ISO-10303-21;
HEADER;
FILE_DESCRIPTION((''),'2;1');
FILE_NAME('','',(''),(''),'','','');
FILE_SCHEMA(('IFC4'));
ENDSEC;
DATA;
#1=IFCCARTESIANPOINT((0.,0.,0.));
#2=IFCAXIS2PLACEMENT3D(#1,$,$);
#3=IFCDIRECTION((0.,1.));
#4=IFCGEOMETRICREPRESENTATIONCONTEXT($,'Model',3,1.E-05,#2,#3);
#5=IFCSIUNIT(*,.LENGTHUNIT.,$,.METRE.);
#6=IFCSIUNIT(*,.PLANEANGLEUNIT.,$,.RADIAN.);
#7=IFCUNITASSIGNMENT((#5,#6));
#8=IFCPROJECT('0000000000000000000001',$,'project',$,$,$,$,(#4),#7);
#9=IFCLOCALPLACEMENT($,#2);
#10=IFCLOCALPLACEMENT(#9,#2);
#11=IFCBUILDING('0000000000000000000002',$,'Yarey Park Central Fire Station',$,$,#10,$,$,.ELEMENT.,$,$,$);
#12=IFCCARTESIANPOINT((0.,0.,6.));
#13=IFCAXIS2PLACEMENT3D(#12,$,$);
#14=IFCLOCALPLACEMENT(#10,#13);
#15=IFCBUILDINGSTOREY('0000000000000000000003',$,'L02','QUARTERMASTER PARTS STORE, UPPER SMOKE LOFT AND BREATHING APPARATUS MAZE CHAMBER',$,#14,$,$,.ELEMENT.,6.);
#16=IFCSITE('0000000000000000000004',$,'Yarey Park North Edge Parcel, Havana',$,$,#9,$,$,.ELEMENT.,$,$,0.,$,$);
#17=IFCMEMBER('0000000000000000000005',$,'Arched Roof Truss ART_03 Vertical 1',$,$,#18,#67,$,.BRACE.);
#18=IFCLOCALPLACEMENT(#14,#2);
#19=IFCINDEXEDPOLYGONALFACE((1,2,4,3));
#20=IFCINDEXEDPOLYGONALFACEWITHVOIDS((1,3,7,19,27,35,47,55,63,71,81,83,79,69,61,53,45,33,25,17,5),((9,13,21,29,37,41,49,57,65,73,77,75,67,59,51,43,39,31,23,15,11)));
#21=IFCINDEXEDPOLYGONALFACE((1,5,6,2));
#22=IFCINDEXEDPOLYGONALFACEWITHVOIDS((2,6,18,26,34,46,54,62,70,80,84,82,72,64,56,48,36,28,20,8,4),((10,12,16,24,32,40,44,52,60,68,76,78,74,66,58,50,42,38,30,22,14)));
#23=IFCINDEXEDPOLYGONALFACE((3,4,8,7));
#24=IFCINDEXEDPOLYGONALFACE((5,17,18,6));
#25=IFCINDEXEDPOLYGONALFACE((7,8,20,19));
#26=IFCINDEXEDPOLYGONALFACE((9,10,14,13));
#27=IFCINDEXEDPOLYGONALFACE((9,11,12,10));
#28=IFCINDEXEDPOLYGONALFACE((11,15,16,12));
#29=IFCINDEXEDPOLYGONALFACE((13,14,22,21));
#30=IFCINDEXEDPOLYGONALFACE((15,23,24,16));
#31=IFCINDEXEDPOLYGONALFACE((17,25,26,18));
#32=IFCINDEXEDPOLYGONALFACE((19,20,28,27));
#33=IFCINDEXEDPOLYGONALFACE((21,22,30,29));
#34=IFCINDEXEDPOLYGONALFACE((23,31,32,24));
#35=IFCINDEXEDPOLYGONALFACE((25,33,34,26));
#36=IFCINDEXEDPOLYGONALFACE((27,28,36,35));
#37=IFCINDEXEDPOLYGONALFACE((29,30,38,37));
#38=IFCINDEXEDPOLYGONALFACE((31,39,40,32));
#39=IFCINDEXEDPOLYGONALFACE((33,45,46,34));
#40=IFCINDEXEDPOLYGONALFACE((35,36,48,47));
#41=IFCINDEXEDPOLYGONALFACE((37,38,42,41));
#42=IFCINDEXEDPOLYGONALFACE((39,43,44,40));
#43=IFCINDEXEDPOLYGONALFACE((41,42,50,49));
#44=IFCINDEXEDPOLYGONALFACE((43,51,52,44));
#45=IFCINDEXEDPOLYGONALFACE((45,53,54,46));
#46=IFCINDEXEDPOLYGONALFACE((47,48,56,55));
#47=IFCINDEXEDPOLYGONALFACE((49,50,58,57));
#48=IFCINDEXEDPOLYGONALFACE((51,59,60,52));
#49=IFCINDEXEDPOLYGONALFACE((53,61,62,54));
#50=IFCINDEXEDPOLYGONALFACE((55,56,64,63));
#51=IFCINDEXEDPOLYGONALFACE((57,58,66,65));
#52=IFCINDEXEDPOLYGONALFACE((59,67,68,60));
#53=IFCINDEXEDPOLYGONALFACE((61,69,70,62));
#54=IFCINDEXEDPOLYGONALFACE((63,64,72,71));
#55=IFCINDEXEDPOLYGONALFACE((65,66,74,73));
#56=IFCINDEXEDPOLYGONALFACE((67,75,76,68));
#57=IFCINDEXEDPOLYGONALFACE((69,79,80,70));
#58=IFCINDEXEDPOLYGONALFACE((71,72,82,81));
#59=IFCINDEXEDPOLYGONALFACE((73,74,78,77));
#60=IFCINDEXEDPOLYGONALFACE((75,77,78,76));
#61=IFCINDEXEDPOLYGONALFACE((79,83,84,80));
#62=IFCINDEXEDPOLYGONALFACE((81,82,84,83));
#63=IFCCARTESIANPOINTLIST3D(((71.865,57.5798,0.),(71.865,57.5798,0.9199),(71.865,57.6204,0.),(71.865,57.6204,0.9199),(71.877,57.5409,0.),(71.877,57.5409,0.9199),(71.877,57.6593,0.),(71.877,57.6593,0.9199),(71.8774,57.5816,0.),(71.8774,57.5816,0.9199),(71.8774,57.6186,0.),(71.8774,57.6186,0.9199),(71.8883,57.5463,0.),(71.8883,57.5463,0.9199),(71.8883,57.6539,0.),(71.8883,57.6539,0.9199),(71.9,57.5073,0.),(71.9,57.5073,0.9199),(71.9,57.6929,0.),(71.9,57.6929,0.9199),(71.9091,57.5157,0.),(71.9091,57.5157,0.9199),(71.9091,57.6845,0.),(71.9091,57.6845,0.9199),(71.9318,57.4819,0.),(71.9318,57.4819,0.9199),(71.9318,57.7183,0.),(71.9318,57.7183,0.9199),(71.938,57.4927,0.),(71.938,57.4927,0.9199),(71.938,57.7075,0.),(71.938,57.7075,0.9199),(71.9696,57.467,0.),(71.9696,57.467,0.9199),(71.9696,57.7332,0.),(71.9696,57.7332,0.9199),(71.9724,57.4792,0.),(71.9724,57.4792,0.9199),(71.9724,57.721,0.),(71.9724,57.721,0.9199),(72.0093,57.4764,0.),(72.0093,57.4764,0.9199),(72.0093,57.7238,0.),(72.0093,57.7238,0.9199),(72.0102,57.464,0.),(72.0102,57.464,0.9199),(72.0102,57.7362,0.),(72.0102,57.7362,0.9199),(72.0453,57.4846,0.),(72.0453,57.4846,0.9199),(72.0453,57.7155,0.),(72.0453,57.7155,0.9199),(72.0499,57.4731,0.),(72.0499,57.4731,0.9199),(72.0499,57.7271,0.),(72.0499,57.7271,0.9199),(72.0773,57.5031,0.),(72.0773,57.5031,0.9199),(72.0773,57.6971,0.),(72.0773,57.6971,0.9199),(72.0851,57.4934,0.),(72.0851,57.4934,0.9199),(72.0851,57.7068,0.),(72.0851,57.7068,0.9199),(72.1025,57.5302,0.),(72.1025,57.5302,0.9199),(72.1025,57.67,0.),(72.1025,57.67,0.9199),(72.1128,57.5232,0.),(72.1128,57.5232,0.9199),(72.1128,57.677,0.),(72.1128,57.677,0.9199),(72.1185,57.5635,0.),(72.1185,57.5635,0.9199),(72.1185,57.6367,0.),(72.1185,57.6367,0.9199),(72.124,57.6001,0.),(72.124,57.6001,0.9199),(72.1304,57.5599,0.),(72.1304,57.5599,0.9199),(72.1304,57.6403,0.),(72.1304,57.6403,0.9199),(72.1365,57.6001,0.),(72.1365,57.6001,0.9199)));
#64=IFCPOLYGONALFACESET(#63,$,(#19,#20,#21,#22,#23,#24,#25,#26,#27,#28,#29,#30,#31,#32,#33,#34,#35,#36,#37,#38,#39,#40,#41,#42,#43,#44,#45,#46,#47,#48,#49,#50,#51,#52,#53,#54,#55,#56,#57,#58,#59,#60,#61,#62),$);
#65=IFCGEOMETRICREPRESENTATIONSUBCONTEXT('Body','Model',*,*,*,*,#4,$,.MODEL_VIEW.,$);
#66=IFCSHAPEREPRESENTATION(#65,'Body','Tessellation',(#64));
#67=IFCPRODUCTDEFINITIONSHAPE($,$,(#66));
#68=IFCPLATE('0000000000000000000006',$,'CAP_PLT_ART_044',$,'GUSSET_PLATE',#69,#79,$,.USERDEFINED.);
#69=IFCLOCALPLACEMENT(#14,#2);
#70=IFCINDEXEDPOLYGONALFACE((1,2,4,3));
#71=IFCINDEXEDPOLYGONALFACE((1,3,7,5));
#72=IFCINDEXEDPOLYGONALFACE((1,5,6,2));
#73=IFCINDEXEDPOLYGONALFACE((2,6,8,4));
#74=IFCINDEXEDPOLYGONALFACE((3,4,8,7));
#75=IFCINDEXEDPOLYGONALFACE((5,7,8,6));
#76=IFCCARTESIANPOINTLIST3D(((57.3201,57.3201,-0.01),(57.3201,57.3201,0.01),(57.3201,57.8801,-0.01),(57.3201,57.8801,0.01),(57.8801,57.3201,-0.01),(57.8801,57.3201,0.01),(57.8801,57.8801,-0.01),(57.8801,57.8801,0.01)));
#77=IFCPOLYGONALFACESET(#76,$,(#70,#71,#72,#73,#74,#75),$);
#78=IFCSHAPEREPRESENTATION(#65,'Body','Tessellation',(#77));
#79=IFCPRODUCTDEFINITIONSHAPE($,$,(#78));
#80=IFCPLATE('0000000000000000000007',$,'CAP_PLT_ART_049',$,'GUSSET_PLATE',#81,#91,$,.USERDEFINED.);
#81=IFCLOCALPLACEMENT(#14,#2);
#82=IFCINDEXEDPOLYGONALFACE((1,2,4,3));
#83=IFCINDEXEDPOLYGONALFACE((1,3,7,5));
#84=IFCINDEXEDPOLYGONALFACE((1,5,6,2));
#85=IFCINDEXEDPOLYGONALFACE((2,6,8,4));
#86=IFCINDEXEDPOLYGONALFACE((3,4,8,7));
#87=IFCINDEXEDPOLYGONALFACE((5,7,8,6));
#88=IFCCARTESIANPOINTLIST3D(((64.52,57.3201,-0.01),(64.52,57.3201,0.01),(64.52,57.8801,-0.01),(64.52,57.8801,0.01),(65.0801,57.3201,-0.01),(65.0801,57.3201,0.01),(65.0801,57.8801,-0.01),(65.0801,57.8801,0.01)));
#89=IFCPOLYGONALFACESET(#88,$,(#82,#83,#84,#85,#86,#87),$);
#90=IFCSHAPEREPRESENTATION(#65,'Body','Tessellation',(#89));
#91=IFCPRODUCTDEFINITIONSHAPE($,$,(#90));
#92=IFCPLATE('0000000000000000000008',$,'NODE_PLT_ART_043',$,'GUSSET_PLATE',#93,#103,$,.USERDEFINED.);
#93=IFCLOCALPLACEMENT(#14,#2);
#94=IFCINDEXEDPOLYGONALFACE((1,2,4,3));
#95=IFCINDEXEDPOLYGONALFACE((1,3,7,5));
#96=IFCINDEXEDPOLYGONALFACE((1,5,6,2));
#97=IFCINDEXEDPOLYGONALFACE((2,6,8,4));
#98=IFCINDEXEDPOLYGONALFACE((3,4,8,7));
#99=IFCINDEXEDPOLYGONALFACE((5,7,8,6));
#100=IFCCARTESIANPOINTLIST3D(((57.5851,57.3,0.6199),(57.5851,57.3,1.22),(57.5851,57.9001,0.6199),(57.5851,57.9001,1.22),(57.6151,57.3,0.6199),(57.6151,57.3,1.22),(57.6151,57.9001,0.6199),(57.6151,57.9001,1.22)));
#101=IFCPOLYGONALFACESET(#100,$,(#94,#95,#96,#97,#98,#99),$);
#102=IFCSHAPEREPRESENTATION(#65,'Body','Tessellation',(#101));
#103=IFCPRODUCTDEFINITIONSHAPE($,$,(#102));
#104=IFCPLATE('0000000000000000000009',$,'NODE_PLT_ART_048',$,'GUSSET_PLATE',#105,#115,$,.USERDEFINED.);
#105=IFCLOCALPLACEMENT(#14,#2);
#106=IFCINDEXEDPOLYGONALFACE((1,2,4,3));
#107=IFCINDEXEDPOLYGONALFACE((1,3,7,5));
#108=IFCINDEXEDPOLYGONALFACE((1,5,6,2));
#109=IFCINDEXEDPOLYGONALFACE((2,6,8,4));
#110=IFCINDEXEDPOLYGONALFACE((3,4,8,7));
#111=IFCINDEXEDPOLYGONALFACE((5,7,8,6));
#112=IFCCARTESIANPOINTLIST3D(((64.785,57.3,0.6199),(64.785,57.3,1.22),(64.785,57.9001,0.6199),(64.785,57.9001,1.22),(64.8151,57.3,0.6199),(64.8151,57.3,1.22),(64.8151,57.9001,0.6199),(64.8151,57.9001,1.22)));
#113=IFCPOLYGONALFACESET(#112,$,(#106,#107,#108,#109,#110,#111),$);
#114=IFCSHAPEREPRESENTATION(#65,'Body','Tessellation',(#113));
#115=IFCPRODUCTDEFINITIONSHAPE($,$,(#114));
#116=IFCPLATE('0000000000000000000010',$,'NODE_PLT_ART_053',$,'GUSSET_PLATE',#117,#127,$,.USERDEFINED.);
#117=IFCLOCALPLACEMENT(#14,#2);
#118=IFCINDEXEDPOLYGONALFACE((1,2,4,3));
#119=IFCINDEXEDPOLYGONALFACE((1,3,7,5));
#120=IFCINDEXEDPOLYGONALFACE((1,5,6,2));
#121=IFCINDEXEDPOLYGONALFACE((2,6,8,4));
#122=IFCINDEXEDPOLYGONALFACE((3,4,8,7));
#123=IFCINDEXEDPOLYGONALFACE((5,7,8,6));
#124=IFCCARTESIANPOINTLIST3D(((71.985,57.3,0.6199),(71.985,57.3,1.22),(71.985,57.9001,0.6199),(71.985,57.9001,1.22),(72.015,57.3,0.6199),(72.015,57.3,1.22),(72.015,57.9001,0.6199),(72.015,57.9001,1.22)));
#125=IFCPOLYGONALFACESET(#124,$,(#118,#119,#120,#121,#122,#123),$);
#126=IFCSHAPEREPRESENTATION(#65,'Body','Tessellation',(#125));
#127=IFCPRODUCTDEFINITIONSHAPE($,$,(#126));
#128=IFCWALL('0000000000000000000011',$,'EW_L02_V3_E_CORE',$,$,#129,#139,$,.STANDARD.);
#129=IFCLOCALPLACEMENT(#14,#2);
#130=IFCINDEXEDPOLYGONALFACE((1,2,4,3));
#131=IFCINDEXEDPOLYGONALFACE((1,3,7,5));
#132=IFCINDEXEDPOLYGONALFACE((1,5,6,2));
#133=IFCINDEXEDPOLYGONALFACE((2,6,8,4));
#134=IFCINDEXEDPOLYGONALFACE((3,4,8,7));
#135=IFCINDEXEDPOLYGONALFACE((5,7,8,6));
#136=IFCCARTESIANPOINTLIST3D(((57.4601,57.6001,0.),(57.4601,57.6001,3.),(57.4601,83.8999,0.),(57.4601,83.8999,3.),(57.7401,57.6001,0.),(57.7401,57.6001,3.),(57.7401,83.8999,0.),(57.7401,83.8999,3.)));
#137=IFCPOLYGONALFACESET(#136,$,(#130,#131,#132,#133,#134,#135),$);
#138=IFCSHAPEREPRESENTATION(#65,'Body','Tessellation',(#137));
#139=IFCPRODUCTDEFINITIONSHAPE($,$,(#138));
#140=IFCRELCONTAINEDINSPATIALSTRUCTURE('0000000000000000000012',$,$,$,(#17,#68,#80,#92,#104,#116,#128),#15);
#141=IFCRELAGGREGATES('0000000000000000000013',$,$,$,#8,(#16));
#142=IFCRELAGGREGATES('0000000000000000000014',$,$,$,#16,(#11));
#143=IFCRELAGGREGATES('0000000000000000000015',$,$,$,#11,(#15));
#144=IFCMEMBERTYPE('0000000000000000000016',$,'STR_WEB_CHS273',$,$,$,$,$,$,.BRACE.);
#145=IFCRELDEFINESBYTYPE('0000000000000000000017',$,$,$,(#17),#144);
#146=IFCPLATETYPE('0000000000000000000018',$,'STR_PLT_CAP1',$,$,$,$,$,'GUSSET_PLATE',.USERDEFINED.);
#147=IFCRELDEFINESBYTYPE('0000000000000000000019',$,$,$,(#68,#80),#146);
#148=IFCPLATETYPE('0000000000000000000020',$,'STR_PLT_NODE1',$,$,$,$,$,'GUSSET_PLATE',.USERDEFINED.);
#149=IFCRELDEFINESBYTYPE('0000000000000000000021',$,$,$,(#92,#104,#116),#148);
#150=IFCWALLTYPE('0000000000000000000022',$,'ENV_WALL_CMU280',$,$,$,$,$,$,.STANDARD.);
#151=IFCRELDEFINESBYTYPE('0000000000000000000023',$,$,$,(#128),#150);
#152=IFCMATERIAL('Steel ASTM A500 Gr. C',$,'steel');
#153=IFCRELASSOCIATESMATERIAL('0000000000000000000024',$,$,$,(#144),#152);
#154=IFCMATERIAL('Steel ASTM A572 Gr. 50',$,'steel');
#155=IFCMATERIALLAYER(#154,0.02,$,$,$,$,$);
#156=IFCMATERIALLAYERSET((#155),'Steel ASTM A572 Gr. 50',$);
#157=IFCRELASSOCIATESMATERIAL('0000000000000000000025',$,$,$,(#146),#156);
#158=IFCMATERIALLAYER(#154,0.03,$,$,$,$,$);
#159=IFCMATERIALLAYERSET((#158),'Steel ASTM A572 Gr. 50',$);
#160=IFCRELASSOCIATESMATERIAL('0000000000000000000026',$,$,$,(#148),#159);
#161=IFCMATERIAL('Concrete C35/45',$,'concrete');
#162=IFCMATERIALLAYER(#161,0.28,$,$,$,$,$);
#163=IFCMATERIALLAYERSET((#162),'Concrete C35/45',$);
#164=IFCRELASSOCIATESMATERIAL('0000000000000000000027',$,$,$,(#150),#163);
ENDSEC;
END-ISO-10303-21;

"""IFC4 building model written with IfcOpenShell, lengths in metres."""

from ifc_helpers import new_model, si_unit, direction, frame, frame_2d, origin, origin_2d, place, context, subcontext, project, spatial, rectangle, hollow_circle, extrude, material, layer, layer_set, material_profile, profile_set, type_object, element, save


model = new_model("IFC4")

# Units and contexts
model_context = context("Model", 3, precision=1e-05, world=origin(), true_north=direction((0.0, 1.0)))
body_context = subcontext(model_context, "Body", "Model", "MODEL_VIEW")
ifc_project = project(units=[si_unit("LENGTHUNIT", "METRE"), si_unit("PLANEANGLEUNIT", "RADIAN")], contexts=[model_context])

# Site, building, storey
site_placement = place(None, origin())
site = spatial("IfcSite", under=ifc_project, at=site_placement, Name="Yarey Park North Edge Parcel, Havana", CompositionType="ELEMENT", RefElevation=0.0)
building_placement = place(site_placement, origin())
building = spatial("IfcBuilding", under=site, at=building_placement, Name="Yarey Park Central Fire Station", CompositionType="ELEMENT")
storey_placement = place(building_placement, frame((0.0, 0.0, 6.0)))
storey = spatial("IfcBuildingStorey", under=building, at=storey_placement, Name="L02", Description="QUARTERMASTER PARTS STORE, UPPER SMOKE LOFT AND BREATHING APPARATUS MAZE CHAMBER", CompositionType="ELEMENT", Elevation=6.0)

# Shared definitions
ifc_material_1 = material(Name="Steel ASTM A500 Gr. C", Category="steel")

# Member
ifc_material_profile_1 = material_profile(ifc_material_1, hollow_circle(Radius=0.1365, WallThickness=0.0125, at=origin_2d()), Name="CHS 273x12.5")
ifc_profile_set_1 = profile_set([ifc_material_profile_1], Name="Steel ASTM A500 Gr. C")
member_type_1 = type_object("IfcMemberType", Name="STR_WEB_CHS273", PredefinedType="BRACE", material=ifc_profile_set_1)
for number, where, z_axis, x_axis, name in (
    (1, (72.0, 57.6001, 0.0), (0.0, 0.0, 1.0), (1.0, 0.0, 0.0), "Arched Roof Truss ART_03 Vertical 1"),
):
    element("IfcMember", number, at=place(storey_placement, frame(where, z_axis=z_axis, x_axis=x_axis)), inside=storey, type_object=member_type_1, Name=name, PredefinedType="BRACE", context=body_context, shape_type="SweptSolid", body=[
        extrude(hollow_circle(Radius=0.1365, WallThickness=0.0125, at=origin_2d()), origin(), (0.0, 0.0, 1.0), 0.9199),
    ])

# Plates
ifc_material_2 = material(Name="Steel ASTM A572 Gr. 50", Category="steel")
ifc_layer_1 = layer(ifc_material_2, 0.02)
ifc_layer_set_1 = layer_set([ifc_layer_1], Name="Steel ASTM A572 Gr. 50")
plate_type_1 = type_object("IfcPlateType", Name="STR_PLT_CAP1", ElementType="GUSSET_PLATE", PredefinedType="USERDEFINED", material=ifc_layer_set_1)
for number, where, z_axis, x_axis, name in (
    (2, (57.6001, 57.6001, -0.01), (0.0, 0.0, 1.0), (1.0, 0.0, 0.0), "CAP_PLT_ART_044"),
    (3, (64.8, 57.6001, -0.01), (0.0, 0.0, 1.0), (1.0, 0.0, 0.0), "CAP_PLT_ART_049"),
):
    element("IfcPlate", number, at=place(storey_placement, frame(where, z_axis=z_axis, x_axis=x_axis)), inside=storey, type_object=plate_type_1, Name=name, ObjectType="GUSSET_PLATE", PredefinedType="USERDEFINED", context=body_context, shape_type="SweptSolid", body=[
        extrude(rectangle(XDim=0.5601, YDim=0.5601, at=origin_2d()), origin(), (0.0, 0.0, 1.0), 0.02),
    ])
ifc_layer_2 = layer(ifc_material_2, 0.03)
ifc_layer_set_2 = layer_set([ifc_layer_2], Name="Steel ASTM A572 Gr. 50")
plate_type_2 = type_object("IfcPlateType", Name="STR_PLT_NODE1", ElementType="GUSSET_PLATE", PredefinedType="USERDEFINED", material=ifc_layer_set_2)
for number, where, z_axis, x_axis, name in (
    (4, (57.6001, 57.6001, 0.6199), (0.0, 0.0, 1.0), (1.0, 0.0, 0.0), "NODE_PLT_ART_043"),
    (5, (64.8, 57.6001, 0.6199), (0.0, 0.0, 1.0), (1.0, 0.0, 0.0), "NODE_PLT_ART_048"),
    (6, (72.0, 57.6001, 0.6199), (0.0, 0.0, 1.0), (1.0, 0.0, 0.0), "NODE_PLT_ART_053"),
):
    element("IfcPlate", number, at=place(storey_placement, frame(where, z_axis=z_axis, x_axis=x_axis)), inside=storey, type_object=plate_type_2, Name=name, ObjectType="GUSSET_PLATE", PredefinedType="USERDEFINED", context=body_context, shape_type="SweptSolid", body=[
        extrude(rectangle(XDim=0.03, YDim=0.6001, at=origin_2d()), origin(), (0.0, 0.0, 1.0), 0.6001),
    ])

# Wall
ifc_material_3 = material(Name="Concrete C35/45", Category="concrete")
ifc_layer_3 = layer(ifc_material_3, 0.28)
ifc_layer_set_3 = layer_set([ifc_layer_3], Name="Concrete C35/45")
wall_type = type_object("IfcWallType", Name="ENV_WALL_CMU280", PredefinedType="STANDARD", material=ifc_layer_set_3)
wall_placement = place(storey_placement, frame((57.6001, 57.6001, 0.0), z_axis=(0.0, 0.0, 1.0), x_axis=(0.0, 1.0, 0.0)))
element("IfcWall", 7, at=wall_placement, inside=storey, type_object=wall_type, Name="EW_L02_V3_E_CORE", PredefinedType="STANDARD", context=body_context, shape_type="SweptSolid", body=[
    extrude(rectangle(XDim=26.2998, YDim=0.28, at=frame_2d((13.1499, 0.0))), origin(), (0.0, 0.0, 1.0), 3.0),
])

save(model, "model.ifc")
